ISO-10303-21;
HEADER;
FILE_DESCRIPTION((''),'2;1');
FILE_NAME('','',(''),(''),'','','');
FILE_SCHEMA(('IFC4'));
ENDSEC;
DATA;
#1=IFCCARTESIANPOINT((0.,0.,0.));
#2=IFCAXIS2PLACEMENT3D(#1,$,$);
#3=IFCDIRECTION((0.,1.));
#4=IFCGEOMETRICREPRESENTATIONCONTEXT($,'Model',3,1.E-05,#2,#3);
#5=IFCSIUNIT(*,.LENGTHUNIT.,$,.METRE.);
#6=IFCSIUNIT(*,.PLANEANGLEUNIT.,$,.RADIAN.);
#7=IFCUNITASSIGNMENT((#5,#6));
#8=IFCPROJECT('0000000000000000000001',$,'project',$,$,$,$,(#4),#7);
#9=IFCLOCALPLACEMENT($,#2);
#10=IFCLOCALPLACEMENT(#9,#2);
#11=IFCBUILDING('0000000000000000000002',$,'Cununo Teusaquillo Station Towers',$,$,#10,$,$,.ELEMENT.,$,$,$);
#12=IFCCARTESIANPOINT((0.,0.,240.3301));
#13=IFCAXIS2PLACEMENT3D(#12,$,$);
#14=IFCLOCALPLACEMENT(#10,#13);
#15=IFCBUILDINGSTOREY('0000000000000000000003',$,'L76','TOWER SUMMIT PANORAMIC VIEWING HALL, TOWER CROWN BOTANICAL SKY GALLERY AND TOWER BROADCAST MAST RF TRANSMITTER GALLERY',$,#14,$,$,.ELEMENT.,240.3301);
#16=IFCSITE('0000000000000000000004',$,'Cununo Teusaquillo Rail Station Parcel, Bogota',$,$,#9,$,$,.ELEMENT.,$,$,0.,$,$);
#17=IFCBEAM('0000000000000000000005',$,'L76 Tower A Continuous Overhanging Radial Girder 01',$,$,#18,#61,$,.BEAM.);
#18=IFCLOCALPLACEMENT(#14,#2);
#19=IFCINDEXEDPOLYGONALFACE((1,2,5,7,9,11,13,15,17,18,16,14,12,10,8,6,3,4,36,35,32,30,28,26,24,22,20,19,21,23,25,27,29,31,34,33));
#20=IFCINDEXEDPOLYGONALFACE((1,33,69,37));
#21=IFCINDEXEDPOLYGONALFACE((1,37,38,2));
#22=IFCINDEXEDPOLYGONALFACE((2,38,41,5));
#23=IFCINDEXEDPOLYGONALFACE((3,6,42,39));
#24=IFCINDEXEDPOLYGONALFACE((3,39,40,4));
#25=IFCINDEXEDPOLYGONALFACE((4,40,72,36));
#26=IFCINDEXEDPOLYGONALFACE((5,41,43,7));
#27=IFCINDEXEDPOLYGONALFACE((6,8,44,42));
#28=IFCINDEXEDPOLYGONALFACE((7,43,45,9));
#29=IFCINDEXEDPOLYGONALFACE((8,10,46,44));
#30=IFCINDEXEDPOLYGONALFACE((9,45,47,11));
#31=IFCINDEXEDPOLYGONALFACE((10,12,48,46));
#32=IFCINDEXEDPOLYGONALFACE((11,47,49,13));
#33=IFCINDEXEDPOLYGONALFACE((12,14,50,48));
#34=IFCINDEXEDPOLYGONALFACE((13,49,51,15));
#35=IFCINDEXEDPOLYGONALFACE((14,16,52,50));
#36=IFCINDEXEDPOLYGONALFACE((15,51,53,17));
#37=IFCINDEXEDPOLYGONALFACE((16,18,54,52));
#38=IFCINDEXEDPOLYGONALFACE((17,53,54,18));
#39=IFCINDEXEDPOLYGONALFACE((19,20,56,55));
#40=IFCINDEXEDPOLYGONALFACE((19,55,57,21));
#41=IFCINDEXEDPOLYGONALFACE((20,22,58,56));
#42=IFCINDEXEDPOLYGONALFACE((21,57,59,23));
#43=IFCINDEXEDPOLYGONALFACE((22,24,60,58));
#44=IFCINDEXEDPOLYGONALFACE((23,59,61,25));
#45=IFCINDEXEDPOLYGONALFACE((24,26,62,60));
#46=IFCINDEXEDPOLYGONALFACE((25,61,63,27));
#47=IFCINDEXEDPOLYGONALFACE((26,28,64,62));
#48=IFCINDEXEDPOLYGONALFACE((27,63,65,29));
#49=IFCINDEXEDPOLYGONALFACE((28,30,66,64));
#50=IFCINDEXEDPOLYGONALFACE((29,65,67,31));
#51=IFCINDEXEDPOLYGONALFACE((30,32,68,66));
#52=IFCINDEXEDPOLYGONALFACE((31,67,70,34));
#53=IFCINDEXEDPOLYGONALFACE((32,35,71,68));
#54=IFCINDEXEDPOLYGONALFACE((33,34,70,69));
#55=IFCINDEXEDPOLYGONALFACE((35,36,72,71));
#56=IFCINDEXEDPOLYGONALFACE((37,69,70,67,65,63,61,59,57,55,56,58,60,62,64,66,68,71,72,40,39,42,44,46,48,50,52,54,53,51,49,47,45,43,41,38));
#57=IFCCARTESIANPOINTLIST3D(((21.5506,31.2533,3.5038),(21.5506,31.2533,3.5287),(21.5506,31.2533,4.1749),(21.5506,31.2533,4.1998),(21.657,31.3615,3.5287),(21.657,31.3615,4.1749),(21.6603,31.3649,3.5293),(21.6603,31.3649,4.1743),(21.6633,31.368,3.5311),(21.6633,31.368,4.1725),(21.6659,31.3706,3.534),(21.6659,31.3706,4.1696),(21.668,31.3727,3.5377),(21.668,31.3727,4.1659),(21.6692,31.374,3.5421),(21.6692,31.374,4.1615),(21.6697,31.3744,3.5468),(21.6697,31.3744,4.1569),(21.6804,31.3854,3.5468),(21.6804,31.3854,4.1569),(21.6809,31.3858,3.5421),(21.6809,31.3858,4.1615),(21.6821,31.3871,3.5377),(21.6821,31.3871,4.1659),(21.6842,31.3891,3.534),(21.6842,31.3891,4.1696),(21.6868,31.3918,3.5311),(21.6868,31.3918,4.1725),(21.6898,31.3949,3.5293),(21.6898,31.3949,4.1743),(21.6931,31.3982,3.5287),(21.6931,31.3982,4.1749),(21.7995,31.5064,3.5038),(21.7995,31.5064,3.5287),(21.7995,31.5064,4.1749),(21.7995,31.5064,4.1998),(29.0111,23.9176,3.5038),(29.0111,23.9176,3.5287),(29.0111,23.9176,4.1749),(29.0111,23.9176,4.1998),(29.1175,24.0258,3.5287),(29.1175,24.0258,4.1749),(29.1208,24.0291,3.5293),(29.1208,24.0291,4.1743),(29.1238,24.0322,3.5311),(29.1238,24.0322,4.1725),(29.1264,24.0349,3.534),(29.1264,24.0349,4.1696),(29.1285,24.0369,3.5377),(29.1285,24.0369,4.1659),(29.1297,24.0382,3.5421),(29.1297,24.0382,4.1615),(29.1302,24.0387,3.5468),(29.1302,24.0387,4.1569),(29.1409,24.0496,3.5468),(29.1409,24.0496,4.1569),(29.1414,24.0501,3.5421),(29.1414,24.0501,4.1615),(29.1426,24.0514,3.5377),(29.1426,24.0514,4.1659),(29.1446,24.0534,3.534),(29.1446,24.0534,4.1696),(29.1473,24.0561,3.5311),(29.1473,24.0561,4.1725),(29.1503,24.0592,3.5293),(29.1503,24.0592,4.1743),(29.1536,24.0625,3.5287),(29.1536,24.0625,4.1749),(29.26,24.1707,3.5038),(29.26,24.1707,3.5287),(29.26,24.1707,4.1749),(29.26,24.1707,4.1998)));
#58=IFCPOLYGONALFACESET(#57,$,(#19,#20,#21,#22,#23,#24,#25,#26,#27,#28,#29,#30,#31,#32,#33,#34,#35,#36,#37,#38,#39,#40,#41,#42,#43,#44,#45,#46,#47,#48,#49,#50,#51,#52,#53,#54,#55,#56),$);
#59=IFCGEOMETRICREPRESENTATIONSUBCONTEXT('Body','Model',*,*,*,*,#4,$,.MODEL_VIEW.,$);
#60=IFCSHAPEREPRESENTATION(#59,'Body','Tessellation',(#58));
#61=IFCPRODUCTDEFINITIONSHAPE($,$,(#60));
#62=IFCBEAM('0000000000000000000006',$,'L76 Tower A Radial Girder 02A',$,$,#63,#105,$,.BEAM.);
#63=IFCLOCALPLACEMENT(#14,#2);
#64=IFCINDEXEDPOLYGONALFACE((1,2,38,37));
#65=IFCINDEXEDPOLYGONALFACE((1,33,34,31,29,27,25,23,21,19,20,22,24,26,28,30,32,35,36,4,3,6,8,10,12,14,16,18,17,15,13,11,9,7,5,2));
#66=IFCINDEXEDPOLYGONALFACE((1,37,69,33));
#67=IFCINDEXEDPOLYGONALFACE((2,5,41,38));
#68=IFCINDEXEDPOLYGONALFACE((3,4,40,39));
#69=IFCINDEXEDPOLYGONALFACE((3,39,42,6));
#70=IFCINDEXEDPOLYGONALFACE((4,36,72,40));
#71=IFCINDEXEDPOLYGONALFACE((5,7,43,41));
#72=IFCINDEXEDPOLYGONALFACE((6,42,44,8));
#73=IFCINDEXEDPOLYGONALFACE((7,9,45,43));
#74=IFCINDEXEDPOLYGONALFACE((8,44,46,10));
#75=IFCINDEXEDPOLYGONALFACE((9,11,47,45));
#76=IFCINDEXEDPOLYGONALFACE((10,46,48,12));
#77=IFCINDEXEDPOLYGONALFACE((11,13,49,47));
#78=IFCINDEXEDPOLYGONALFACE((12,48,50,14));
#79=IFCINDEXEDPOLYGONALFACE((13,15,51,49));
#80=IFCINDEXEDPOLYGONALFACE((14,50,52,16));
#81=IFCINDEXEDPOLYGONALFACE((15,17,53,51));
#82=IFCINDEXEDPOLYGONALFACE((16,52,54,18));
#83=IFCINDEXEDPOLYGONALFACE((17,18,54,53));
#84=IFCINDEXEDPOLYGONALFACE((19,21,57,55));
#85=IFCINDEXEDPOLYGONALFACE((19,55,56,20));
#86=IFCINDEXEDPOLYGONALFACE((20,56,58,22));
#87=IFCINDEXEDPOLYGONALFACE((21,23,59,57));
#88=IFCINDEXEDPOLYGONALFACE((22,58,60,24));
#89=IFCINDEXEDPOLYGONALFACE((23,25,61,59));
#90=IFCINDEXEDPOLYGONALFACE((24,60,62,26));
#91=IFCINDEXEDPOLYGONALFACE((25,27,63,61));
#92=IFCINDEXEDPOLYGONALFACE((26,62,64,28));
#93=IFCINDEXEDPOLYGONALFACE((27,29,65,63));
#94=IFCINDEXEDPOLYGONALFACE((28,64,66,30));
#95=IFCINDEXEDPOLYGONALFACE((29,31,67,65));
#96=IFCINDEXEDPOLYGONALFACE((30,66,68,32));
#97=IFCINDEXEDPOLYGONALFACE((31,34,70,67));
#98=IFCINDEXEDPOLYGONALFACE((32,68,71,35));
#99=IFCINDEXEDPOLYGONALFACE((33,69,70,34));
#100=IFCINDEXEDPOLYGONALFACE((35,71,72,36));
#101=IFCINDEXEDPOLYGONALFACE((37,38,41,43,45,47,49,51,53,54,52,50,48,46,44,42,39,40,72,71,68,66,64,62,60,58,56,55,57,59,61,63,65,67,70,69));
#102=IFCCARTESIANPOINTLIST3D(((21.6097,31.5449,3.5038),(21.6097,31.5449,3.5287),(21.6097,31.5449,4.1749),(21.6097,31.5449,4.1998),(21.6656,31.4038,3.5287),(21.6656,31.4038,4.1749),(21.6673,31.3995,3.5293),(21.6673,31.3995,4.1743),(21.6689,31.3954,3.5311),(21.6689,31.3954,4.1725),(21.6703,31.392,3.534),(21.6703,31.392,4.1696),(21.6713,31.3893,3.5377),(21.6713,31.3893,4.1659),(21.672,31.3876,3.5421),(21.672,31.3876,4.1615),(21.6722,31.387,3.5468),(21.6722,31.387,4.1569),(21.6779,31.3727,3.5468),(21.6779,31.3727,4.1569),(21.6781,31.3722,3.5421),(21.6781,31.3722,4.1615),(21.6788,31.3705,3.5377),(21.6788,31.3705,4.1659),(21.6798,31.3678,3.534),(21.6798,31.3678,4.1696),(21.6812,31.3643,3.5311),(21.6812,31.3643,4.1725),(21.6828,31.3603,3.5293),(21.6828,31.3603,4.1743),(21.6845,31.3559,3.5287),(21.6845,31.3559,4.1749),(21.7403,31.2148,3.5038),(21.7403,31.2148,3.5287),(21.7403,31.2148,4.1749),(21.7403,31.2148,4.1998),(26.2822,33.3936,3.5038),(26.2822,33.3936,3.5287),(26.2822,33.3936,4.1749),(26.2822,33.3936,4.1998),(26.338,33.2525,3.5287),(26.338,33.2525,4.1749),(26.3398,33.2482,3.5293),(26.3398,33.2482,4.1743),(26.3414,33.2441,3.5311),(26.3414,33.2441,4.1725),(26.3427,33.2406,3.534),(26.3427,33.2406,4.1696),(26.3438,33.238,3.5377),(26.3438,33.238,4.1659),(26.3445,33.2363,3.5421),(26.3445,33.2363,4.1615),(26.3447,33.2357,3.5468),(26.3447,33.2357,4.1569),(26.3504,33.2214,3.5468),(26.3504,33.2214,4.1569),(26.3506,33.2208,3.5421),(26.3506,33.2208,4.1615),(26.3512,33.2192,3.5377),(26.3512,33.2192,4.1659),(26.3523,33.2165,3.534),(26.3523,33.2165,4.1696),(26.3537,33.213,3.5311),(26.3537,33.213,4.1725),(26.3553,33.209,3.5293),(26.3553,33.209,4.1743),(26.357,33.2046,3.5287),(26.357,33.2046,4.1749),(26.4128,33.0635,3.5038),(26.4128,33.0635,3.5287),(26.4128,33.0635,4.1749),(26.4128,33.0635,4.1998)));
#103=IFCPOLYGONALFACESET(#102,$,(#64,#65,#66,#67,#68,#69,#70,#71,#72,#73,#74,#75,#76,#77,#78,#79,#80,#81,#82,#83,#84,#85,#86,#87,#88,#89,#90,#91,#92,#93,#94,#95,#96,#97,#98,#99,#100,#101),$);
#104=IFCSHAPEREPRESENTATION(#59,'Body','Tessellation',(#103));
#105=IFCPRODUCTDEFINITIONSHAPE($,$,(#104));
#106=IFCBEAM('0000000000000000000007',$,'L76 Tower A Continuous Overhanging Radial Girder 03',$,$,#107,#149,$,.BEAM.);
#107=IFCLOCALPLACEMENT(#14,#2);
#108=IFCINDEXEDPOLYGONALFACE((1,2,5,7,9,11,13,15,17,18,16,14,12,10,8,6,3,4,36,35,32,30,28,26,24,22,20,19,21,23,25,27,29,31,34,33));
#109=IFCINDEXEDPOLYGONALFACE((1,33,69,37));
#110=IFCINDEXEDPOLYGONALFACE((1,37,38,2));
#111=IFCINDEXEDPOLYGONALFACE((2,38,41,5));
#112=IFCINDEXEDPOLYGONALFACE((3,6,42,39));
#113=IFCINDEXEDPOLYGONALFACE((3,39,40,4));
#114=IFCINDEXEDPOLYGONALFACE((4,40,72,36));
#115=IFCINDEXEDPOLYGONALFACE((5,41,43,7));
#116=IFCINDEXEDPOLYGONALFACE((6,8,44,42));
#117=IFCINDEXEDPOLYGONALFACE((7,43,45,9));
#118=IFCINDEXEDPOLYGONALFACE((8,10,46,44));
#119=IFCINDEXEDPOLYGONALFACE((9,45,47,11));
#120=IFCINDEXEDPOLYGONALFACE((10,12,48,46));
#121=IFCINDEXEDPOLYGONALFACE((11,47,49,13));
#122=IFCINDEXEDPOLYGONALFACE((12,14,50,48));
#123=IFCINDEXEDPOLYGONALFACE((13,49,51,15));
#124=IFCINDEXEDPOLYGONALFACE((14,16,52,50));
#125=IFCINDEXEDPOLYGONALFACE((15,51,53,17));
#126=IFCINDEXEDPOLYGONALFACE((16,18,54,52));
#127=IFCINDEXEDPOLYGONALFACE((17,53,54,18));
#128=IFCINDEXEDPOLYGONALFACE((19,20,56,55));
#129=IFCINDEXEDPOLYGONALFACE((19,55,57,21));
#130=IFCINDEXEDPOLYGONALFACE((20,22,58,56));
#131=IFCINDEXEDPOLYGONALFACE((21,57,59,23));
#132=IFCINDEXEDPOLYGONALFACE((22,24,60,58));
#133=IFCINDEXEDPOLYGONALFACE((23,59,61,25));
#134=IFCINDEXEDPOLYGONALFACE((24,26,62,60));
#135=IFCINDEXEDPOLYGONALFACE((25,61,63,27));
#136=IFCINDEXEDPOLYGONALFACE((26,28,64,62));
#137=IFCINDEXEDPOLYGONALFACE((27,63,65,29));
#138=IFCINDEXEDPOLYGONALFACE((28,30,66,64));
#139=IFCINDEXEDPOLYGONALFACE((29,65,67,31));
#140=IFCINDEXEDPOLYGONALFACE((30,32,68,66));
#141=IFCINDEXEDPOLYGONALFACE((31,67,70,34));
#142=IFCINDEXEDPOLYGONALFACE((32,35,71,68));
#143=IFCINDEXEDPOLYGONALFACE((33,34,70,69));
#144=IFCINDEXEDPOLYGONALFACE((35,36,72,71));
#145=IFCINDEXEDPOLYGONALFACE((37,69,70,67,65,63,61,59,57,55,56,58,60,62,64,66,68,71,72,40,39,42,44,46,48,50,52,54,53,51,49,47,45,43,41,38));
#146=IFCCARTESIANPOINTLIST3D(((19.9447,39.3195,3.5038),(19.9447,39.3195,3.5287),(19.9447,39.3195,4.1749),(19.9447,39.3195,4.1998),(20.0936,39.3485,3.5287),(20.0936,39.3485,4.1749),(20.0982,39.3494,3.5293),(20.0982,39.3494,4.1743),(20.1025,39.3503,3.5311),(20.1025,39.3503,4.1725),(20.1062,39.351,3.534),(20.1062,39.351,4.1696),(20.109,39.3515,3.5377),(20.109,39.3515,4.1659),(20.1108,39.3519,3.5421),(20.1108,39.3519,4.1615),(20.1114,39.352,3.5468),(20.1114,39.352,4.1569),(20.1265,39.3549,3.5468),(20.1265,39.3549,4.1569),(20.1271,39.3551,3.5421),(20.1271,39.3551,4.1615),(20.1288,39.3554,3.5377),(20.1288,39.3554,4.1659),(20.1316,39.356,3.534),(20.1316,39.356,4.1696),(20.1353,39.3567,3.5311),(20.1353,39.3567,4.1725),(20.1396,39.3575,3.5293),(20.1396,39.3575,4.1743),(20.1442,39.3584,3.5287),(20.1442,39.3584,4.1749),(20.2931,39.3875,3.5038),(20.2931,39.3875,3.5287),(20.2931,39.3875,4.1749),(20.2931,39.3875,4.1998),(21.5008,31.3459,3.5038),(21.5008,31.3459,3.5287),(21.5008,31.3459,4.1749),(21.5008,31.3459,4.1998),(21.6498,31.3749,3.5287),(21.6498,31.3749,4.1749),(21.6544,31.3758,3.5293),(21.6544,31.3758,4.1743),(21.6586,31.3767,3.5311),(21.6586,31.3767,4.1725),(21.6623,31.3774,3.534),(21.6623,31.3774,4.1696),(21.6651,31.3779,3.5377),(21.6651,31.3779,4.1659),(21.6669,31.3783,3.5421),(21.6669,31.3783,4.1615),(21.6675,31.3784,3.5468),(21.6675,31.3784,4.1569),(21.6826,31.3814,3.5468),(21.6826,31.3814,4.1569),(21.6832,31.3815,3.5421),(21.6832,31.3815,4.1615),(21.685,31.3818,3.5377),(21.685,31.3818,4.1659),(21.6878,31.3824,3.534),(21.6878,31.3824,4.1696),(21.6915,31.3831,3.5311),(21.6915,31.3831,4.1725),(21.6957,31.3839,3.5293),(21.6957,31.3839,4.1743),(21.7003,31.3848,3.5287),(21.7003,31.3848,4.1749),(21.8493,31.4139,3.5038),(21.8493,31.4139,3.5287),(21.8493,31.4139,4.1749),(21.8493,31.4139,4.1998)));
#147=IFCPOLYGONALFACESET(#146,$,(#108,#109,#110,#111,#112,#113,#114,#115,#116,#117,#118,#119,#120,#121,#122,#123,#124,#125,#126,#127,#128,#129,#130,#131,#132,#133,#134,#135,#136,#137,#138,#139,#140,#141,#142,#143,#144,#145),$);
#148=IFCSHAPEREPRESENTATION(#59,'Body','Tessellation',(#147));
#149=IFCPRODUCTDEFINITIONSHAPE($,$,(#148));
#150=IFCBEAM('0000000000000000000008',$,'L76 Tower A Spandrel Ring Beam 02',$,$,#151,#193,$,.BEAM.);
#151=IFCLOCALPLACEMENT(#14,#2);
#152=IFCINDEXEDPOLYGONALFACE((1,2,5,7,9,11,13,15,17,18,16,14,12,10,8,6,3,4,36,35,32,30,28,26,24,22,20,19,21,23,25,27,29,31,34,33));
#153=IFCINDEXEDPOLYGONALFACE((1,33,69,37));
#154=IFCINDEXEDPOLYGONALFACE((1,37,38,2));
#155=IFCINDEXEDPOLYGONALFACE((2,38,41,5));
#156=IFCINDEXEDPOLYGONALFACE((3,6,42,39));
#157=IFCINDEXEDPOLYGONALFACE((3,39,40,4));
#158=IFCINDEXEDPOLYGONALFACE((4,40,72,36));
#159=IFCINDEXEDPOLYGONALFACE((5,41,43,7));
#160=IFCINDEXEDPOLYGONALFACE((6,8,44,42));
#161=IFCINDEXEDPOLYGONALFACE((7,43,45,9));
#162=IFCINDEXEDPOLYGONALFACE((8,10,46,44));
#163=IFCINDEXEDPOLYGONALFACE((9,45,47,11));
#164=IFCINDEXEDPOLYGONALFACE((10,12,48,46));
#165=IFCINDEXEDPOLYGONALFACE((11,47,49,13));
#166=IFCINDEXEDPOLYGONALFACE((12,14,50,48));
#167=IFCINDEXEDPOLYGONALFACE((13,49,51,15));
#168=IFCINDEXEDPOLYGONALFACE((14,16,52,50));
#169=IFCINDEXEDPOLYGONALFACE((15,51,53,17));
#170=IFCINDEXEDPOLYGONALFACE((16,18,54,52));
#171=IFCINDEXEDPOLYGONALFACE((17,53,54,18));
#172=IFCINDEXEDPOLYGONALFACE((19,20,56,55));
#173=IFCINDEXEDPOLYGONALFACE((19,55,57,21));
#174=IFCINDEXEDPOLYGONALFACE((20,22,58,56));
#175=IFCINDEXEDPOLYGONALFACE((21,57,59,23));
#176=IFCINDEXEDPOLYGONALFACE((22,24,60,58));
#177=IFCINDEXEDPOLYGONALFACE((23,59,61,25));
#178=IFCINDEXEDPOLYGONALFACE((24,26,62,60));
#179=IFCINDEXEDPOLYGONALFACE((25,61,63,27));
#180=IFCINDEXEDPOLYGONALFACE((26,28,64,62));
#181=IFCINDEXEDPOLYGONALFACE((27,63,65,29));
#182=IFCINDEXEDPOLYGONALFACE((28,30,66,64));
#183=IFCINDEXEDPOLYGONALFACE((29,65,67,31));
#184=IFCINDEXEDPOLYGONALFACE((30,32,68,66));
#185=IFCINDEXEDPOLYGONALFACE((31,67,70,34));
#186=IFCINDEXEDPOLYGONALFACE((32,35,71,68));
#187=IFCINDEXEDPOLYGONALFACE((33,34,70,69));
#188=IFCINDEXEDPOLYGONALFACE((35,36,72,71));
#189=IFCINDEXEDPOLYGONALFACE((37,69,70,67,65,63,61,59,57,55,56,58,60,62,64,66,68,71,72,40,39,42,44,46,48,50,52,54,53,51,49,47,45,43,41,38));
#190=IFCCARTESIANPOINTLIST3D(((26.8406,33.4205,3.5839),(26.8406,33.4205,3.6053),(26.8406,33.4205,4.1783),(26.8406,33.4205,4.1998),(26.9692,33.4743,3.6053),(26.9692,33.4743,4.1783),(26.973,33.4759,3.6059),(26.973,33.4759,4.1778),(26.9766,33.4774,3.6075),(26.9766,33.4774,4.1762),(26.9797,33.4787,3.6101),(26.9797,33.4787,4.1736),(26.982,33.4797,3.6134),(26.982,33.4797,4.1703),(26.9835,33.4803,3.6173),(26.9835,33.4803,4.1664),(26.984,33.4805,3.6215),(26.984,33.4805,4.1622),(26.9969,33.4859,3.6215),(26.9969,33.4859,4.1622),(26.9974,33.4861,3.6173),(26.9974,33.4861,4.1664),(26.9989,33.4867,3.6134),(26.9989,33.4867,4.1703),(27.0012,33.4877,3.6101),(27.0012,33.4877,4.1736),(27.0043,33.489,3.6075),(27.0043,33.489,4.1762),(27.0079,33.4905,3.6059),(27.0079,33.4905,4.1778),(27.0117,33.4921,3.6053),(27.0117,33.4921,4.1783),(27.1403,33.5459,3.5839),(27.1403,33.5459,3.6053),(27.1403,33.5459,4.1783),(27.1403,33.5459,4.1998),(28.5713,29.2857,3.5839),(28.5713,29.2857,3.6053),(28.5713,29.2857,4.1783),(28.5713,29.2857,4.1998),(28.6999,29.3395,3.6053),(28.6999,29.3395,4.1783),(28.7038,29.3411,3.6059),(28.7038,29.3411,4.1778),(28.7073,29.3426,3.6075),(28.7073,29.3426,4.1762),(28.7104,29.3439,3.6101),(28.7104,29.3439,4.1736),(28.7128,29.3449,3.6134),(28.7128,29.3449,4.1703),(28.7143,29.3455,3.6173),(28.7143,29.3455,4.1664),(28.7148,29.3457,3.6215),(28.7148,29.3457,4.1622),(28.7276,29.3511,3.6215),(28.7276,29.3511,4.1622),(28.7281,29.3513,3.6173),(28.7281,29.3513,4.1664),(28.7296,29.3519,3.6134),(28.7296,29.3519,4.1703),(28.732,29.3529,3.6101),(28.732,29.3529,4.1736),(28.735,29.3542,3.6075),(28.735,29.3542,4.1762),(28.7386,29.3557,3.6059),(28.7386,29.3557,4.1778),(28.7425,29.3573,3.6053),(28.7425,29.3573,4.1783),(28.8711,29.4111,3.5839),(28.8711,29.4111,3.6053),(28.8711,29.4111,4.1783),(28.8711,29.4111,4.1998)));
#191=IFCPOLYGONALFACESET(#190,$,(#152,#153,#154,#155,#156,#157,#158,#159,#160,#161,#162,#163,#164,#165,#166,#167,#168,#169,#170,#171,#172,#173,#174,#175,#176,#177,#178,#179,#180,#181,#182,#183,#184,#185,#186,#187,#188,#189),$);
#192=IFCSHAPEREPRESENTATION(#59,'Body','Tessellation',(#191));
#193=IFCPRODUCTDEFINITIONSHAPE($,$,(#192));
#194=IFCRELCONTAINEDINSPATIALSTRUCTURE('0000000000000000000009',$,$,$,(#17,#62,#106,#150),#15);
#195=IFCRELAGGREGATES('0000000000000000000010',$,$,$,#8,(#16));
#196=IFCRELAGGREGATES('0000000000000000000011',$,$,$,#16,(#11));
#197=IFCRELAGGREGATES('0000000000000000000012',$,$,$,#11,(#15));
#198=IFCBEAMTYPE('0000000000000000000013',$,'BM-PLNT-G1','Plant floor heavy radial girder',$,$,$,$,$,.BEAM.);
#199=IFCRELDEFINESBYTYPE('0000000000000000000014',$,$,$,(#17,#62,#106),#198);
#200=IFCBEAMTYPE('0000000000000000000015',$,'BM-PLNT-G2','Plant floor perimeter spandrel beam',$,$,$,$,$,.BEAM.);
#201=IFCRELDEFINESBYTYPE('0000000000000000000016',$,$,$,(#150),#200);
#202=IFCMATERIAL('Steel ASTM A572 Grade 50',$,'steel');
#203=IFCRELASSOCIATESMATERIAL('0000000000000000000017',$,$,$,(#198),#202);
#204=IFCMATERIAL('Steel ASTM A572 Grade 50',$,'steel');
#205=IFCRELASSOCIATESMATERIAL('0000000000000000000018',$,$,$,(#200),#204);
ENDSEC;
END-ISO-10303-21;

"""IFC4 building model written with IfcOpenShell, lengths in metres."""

from ifc_helpers import new_model, si_unit, direction, frame, origin, origin_2d, place, context, subcontext, project, spatial, i_section, extrude, material, material_profile, profile_set, type_object, element, save


model = new_model("IFC4")

# Units and contexts
model_context = context("Model", 3, precision=1e-05, world=origin(), true_north=direction((0.0, 1.0)))
body_context = subcontext(model_context, "Body", "Model", "MODEL_VIEW")
ifc_project = project(units=[si_unit("LENGTHUNIT", "METRE"), si_unit("PLANEANGLEUNIT", "RADIAN")], contexts=[model_context])

# Site, building, storey
site_placement = place(None, origin())
site = spatial("IfcSite", under=ifc_project, at=site_placement, Name="Cununo Teusaquillo Rail Station Parcel, Bogota", CompositionType="ELEMENT", RefElevation=0.0)
building_placement = place(site_placement, origin())
building = spatial("IfcBuilding", under=site, at=building_placement, Name="Cununo Teusaquillo Station Towers", CompositionType="ELEMENT")
storey_placement = place(building_placement, frame((0.0, 0.0, 240.3301)))
storey = spatial("IfcBuildingStorey", under=building, at=storey_placement, Name="L76", Description="TOWER SUMMIT PANORAMIC VIEWING HALL, TOWER CROWN BOTANICAL SKY GALLERY AND TOWER BROADCAST MAST RF TRANSMITTER GALLERY", CompositionType="ELEMENT", Elevation=240.3301)

# Beams
ifc_material_1 = material(Name="Steel ASTM A572 Grade 50", Category="steel")
ifc_material_profile_1 = material_profile(ifc_material_1, i_section(OverallWidth=0.355, OverallDepth=0.696, WebThickness=0.0154, FlangeThickness=0.0249, FilletRadius=0.0181, at=origin_2d()), Name="W27X146")
ifc_profile_set_1 = profile_set([ifc_material_profile_1], Name="Steel ASTM A572 Grade 50")
beam_type_1 = type_object("IfcBeamType", Name="BM-PLNT-G1", Description="Plant floor heavy radial girder", PredefinedType="BEAM", material=ifc_profile_set_1)
beam_1_placement = place(storey_placement, frame((21.675, 31.3799, 3.8518), z_axis=(0.713044, -0.70112, 0.0), x_axis=(0.70112, 0.713044, 0.0)))
element("IfcBeam", 1, at=beam_1_placement, inside=storey, type_object=beam_type_1, Name="L76 Tower A Continuous Overhanging Radial Girder 01", PredefinedType="BEAM", context=body_context, shape_type="SweptSolid", body=[
    extrude(i_section(OverallWidth=0.355, OverallDepth=0.696, WebThickness=0.0154, FlangeThickness=0.0249, FilletRadius=0.0181, at=origin_2d()), origin(), (0.0, 0.0, 1.0), 10.4629),
])
beam_2_placement = place(storey_placement, frame((21.675, 31.3799, 3.8518), z_axis=(0.929864, 0.367903, 0.0), x_axis=(-0.367903, 0.929864, 0.0)))
element("IfcBeam", 2, at=beam_2_placement, inside=storey, type_object=beam_type_1, Name="L76 Tower A Radial Girder 02A", PredefinedType="BEAM", context=body_context, shape_type="SweptSolid", body=[
    extrude(i_section(OverallWidth=0.355, OverallDepth=0.696, WebThickness=0.0154, FlangeThickness=0.0249, FilletRadius=0.0181, at=origin_2d()), origin(), (0.0, 0.0, 1.0), 5.0249),
])
beam_3_placement = place(storey_placement, frame((21.675, 31.3799, 3.8518), z_axis=(-0.191548, 0.981483, 0.0), x_axis=(-0.981483, -0.191548, 0.0)))
element("IfcBeam", 3, at=beam_3_placement, inside=storey, type_object=beam_type_1, Name="L76 Tower A Continuous Overhanging Radial Girder 03", PredefinedType="BEAM", context=body_context, shape_type="SweptSolid", body=[
    extrude(i_section(OverallWidth=0.355, OverallDepth=0.696, WebThickness=0.0154, FlangeThickness=0.0249, FilletRadius=0.0181, at=origin_2d()), origin(), (0.0, 0.0, 1.0), 8.124),
])
ifc_material_2 = material(Name="Steel ASTM A572 Grade 50", Category="steel")
ifc_material_profile_2 = material_profile(ifc_material_2, i_section(OverallWidth=0.325, OverallDepth=0.616, WebThickness=0.0139, FlangeThickness=0.0215, FilletRadius=0.0161, at=origin_2d()), Name="W24X117")
ifc_profile_set_2 = profile_set([ifc_material_profile_2], Name="Steel ASTM A572 Grade 50")
beam_type_2 = type_object("IfcBeamType", Name="BM-PLNT-G2", Description="Plant floor perimeter spandrel beam", PredefinedType="BEAM", material=ifc_profile_set_2)
beam_4_placement = place(storey_placement, frame((28.7212, 29.3484, 3.8918), z_axis=(-0.386115, 0.92245, 0.0), x_axis=(-0.92245, -0.386115, 0.0)))
element("IfcBeam", 4, at=beam_4_placement, inside=storey, type_object=beam_type_2, Name="L76 Tower A Spandrel Ring Beam 02", PredefinedType="BEAM", context=body_context, shape_type="SweptSolid", body=[
    extrude(i_section(OverallWidth=0.325, OverallDepth=0.616, WebThickness=0.0139, FlangeThickness=0.0215, FilletRadius=0.0161, at=origin_2d()), origin(), (0.0, 0.0, 1.0), 4.4824),
])

save(model, "model.ifc")
